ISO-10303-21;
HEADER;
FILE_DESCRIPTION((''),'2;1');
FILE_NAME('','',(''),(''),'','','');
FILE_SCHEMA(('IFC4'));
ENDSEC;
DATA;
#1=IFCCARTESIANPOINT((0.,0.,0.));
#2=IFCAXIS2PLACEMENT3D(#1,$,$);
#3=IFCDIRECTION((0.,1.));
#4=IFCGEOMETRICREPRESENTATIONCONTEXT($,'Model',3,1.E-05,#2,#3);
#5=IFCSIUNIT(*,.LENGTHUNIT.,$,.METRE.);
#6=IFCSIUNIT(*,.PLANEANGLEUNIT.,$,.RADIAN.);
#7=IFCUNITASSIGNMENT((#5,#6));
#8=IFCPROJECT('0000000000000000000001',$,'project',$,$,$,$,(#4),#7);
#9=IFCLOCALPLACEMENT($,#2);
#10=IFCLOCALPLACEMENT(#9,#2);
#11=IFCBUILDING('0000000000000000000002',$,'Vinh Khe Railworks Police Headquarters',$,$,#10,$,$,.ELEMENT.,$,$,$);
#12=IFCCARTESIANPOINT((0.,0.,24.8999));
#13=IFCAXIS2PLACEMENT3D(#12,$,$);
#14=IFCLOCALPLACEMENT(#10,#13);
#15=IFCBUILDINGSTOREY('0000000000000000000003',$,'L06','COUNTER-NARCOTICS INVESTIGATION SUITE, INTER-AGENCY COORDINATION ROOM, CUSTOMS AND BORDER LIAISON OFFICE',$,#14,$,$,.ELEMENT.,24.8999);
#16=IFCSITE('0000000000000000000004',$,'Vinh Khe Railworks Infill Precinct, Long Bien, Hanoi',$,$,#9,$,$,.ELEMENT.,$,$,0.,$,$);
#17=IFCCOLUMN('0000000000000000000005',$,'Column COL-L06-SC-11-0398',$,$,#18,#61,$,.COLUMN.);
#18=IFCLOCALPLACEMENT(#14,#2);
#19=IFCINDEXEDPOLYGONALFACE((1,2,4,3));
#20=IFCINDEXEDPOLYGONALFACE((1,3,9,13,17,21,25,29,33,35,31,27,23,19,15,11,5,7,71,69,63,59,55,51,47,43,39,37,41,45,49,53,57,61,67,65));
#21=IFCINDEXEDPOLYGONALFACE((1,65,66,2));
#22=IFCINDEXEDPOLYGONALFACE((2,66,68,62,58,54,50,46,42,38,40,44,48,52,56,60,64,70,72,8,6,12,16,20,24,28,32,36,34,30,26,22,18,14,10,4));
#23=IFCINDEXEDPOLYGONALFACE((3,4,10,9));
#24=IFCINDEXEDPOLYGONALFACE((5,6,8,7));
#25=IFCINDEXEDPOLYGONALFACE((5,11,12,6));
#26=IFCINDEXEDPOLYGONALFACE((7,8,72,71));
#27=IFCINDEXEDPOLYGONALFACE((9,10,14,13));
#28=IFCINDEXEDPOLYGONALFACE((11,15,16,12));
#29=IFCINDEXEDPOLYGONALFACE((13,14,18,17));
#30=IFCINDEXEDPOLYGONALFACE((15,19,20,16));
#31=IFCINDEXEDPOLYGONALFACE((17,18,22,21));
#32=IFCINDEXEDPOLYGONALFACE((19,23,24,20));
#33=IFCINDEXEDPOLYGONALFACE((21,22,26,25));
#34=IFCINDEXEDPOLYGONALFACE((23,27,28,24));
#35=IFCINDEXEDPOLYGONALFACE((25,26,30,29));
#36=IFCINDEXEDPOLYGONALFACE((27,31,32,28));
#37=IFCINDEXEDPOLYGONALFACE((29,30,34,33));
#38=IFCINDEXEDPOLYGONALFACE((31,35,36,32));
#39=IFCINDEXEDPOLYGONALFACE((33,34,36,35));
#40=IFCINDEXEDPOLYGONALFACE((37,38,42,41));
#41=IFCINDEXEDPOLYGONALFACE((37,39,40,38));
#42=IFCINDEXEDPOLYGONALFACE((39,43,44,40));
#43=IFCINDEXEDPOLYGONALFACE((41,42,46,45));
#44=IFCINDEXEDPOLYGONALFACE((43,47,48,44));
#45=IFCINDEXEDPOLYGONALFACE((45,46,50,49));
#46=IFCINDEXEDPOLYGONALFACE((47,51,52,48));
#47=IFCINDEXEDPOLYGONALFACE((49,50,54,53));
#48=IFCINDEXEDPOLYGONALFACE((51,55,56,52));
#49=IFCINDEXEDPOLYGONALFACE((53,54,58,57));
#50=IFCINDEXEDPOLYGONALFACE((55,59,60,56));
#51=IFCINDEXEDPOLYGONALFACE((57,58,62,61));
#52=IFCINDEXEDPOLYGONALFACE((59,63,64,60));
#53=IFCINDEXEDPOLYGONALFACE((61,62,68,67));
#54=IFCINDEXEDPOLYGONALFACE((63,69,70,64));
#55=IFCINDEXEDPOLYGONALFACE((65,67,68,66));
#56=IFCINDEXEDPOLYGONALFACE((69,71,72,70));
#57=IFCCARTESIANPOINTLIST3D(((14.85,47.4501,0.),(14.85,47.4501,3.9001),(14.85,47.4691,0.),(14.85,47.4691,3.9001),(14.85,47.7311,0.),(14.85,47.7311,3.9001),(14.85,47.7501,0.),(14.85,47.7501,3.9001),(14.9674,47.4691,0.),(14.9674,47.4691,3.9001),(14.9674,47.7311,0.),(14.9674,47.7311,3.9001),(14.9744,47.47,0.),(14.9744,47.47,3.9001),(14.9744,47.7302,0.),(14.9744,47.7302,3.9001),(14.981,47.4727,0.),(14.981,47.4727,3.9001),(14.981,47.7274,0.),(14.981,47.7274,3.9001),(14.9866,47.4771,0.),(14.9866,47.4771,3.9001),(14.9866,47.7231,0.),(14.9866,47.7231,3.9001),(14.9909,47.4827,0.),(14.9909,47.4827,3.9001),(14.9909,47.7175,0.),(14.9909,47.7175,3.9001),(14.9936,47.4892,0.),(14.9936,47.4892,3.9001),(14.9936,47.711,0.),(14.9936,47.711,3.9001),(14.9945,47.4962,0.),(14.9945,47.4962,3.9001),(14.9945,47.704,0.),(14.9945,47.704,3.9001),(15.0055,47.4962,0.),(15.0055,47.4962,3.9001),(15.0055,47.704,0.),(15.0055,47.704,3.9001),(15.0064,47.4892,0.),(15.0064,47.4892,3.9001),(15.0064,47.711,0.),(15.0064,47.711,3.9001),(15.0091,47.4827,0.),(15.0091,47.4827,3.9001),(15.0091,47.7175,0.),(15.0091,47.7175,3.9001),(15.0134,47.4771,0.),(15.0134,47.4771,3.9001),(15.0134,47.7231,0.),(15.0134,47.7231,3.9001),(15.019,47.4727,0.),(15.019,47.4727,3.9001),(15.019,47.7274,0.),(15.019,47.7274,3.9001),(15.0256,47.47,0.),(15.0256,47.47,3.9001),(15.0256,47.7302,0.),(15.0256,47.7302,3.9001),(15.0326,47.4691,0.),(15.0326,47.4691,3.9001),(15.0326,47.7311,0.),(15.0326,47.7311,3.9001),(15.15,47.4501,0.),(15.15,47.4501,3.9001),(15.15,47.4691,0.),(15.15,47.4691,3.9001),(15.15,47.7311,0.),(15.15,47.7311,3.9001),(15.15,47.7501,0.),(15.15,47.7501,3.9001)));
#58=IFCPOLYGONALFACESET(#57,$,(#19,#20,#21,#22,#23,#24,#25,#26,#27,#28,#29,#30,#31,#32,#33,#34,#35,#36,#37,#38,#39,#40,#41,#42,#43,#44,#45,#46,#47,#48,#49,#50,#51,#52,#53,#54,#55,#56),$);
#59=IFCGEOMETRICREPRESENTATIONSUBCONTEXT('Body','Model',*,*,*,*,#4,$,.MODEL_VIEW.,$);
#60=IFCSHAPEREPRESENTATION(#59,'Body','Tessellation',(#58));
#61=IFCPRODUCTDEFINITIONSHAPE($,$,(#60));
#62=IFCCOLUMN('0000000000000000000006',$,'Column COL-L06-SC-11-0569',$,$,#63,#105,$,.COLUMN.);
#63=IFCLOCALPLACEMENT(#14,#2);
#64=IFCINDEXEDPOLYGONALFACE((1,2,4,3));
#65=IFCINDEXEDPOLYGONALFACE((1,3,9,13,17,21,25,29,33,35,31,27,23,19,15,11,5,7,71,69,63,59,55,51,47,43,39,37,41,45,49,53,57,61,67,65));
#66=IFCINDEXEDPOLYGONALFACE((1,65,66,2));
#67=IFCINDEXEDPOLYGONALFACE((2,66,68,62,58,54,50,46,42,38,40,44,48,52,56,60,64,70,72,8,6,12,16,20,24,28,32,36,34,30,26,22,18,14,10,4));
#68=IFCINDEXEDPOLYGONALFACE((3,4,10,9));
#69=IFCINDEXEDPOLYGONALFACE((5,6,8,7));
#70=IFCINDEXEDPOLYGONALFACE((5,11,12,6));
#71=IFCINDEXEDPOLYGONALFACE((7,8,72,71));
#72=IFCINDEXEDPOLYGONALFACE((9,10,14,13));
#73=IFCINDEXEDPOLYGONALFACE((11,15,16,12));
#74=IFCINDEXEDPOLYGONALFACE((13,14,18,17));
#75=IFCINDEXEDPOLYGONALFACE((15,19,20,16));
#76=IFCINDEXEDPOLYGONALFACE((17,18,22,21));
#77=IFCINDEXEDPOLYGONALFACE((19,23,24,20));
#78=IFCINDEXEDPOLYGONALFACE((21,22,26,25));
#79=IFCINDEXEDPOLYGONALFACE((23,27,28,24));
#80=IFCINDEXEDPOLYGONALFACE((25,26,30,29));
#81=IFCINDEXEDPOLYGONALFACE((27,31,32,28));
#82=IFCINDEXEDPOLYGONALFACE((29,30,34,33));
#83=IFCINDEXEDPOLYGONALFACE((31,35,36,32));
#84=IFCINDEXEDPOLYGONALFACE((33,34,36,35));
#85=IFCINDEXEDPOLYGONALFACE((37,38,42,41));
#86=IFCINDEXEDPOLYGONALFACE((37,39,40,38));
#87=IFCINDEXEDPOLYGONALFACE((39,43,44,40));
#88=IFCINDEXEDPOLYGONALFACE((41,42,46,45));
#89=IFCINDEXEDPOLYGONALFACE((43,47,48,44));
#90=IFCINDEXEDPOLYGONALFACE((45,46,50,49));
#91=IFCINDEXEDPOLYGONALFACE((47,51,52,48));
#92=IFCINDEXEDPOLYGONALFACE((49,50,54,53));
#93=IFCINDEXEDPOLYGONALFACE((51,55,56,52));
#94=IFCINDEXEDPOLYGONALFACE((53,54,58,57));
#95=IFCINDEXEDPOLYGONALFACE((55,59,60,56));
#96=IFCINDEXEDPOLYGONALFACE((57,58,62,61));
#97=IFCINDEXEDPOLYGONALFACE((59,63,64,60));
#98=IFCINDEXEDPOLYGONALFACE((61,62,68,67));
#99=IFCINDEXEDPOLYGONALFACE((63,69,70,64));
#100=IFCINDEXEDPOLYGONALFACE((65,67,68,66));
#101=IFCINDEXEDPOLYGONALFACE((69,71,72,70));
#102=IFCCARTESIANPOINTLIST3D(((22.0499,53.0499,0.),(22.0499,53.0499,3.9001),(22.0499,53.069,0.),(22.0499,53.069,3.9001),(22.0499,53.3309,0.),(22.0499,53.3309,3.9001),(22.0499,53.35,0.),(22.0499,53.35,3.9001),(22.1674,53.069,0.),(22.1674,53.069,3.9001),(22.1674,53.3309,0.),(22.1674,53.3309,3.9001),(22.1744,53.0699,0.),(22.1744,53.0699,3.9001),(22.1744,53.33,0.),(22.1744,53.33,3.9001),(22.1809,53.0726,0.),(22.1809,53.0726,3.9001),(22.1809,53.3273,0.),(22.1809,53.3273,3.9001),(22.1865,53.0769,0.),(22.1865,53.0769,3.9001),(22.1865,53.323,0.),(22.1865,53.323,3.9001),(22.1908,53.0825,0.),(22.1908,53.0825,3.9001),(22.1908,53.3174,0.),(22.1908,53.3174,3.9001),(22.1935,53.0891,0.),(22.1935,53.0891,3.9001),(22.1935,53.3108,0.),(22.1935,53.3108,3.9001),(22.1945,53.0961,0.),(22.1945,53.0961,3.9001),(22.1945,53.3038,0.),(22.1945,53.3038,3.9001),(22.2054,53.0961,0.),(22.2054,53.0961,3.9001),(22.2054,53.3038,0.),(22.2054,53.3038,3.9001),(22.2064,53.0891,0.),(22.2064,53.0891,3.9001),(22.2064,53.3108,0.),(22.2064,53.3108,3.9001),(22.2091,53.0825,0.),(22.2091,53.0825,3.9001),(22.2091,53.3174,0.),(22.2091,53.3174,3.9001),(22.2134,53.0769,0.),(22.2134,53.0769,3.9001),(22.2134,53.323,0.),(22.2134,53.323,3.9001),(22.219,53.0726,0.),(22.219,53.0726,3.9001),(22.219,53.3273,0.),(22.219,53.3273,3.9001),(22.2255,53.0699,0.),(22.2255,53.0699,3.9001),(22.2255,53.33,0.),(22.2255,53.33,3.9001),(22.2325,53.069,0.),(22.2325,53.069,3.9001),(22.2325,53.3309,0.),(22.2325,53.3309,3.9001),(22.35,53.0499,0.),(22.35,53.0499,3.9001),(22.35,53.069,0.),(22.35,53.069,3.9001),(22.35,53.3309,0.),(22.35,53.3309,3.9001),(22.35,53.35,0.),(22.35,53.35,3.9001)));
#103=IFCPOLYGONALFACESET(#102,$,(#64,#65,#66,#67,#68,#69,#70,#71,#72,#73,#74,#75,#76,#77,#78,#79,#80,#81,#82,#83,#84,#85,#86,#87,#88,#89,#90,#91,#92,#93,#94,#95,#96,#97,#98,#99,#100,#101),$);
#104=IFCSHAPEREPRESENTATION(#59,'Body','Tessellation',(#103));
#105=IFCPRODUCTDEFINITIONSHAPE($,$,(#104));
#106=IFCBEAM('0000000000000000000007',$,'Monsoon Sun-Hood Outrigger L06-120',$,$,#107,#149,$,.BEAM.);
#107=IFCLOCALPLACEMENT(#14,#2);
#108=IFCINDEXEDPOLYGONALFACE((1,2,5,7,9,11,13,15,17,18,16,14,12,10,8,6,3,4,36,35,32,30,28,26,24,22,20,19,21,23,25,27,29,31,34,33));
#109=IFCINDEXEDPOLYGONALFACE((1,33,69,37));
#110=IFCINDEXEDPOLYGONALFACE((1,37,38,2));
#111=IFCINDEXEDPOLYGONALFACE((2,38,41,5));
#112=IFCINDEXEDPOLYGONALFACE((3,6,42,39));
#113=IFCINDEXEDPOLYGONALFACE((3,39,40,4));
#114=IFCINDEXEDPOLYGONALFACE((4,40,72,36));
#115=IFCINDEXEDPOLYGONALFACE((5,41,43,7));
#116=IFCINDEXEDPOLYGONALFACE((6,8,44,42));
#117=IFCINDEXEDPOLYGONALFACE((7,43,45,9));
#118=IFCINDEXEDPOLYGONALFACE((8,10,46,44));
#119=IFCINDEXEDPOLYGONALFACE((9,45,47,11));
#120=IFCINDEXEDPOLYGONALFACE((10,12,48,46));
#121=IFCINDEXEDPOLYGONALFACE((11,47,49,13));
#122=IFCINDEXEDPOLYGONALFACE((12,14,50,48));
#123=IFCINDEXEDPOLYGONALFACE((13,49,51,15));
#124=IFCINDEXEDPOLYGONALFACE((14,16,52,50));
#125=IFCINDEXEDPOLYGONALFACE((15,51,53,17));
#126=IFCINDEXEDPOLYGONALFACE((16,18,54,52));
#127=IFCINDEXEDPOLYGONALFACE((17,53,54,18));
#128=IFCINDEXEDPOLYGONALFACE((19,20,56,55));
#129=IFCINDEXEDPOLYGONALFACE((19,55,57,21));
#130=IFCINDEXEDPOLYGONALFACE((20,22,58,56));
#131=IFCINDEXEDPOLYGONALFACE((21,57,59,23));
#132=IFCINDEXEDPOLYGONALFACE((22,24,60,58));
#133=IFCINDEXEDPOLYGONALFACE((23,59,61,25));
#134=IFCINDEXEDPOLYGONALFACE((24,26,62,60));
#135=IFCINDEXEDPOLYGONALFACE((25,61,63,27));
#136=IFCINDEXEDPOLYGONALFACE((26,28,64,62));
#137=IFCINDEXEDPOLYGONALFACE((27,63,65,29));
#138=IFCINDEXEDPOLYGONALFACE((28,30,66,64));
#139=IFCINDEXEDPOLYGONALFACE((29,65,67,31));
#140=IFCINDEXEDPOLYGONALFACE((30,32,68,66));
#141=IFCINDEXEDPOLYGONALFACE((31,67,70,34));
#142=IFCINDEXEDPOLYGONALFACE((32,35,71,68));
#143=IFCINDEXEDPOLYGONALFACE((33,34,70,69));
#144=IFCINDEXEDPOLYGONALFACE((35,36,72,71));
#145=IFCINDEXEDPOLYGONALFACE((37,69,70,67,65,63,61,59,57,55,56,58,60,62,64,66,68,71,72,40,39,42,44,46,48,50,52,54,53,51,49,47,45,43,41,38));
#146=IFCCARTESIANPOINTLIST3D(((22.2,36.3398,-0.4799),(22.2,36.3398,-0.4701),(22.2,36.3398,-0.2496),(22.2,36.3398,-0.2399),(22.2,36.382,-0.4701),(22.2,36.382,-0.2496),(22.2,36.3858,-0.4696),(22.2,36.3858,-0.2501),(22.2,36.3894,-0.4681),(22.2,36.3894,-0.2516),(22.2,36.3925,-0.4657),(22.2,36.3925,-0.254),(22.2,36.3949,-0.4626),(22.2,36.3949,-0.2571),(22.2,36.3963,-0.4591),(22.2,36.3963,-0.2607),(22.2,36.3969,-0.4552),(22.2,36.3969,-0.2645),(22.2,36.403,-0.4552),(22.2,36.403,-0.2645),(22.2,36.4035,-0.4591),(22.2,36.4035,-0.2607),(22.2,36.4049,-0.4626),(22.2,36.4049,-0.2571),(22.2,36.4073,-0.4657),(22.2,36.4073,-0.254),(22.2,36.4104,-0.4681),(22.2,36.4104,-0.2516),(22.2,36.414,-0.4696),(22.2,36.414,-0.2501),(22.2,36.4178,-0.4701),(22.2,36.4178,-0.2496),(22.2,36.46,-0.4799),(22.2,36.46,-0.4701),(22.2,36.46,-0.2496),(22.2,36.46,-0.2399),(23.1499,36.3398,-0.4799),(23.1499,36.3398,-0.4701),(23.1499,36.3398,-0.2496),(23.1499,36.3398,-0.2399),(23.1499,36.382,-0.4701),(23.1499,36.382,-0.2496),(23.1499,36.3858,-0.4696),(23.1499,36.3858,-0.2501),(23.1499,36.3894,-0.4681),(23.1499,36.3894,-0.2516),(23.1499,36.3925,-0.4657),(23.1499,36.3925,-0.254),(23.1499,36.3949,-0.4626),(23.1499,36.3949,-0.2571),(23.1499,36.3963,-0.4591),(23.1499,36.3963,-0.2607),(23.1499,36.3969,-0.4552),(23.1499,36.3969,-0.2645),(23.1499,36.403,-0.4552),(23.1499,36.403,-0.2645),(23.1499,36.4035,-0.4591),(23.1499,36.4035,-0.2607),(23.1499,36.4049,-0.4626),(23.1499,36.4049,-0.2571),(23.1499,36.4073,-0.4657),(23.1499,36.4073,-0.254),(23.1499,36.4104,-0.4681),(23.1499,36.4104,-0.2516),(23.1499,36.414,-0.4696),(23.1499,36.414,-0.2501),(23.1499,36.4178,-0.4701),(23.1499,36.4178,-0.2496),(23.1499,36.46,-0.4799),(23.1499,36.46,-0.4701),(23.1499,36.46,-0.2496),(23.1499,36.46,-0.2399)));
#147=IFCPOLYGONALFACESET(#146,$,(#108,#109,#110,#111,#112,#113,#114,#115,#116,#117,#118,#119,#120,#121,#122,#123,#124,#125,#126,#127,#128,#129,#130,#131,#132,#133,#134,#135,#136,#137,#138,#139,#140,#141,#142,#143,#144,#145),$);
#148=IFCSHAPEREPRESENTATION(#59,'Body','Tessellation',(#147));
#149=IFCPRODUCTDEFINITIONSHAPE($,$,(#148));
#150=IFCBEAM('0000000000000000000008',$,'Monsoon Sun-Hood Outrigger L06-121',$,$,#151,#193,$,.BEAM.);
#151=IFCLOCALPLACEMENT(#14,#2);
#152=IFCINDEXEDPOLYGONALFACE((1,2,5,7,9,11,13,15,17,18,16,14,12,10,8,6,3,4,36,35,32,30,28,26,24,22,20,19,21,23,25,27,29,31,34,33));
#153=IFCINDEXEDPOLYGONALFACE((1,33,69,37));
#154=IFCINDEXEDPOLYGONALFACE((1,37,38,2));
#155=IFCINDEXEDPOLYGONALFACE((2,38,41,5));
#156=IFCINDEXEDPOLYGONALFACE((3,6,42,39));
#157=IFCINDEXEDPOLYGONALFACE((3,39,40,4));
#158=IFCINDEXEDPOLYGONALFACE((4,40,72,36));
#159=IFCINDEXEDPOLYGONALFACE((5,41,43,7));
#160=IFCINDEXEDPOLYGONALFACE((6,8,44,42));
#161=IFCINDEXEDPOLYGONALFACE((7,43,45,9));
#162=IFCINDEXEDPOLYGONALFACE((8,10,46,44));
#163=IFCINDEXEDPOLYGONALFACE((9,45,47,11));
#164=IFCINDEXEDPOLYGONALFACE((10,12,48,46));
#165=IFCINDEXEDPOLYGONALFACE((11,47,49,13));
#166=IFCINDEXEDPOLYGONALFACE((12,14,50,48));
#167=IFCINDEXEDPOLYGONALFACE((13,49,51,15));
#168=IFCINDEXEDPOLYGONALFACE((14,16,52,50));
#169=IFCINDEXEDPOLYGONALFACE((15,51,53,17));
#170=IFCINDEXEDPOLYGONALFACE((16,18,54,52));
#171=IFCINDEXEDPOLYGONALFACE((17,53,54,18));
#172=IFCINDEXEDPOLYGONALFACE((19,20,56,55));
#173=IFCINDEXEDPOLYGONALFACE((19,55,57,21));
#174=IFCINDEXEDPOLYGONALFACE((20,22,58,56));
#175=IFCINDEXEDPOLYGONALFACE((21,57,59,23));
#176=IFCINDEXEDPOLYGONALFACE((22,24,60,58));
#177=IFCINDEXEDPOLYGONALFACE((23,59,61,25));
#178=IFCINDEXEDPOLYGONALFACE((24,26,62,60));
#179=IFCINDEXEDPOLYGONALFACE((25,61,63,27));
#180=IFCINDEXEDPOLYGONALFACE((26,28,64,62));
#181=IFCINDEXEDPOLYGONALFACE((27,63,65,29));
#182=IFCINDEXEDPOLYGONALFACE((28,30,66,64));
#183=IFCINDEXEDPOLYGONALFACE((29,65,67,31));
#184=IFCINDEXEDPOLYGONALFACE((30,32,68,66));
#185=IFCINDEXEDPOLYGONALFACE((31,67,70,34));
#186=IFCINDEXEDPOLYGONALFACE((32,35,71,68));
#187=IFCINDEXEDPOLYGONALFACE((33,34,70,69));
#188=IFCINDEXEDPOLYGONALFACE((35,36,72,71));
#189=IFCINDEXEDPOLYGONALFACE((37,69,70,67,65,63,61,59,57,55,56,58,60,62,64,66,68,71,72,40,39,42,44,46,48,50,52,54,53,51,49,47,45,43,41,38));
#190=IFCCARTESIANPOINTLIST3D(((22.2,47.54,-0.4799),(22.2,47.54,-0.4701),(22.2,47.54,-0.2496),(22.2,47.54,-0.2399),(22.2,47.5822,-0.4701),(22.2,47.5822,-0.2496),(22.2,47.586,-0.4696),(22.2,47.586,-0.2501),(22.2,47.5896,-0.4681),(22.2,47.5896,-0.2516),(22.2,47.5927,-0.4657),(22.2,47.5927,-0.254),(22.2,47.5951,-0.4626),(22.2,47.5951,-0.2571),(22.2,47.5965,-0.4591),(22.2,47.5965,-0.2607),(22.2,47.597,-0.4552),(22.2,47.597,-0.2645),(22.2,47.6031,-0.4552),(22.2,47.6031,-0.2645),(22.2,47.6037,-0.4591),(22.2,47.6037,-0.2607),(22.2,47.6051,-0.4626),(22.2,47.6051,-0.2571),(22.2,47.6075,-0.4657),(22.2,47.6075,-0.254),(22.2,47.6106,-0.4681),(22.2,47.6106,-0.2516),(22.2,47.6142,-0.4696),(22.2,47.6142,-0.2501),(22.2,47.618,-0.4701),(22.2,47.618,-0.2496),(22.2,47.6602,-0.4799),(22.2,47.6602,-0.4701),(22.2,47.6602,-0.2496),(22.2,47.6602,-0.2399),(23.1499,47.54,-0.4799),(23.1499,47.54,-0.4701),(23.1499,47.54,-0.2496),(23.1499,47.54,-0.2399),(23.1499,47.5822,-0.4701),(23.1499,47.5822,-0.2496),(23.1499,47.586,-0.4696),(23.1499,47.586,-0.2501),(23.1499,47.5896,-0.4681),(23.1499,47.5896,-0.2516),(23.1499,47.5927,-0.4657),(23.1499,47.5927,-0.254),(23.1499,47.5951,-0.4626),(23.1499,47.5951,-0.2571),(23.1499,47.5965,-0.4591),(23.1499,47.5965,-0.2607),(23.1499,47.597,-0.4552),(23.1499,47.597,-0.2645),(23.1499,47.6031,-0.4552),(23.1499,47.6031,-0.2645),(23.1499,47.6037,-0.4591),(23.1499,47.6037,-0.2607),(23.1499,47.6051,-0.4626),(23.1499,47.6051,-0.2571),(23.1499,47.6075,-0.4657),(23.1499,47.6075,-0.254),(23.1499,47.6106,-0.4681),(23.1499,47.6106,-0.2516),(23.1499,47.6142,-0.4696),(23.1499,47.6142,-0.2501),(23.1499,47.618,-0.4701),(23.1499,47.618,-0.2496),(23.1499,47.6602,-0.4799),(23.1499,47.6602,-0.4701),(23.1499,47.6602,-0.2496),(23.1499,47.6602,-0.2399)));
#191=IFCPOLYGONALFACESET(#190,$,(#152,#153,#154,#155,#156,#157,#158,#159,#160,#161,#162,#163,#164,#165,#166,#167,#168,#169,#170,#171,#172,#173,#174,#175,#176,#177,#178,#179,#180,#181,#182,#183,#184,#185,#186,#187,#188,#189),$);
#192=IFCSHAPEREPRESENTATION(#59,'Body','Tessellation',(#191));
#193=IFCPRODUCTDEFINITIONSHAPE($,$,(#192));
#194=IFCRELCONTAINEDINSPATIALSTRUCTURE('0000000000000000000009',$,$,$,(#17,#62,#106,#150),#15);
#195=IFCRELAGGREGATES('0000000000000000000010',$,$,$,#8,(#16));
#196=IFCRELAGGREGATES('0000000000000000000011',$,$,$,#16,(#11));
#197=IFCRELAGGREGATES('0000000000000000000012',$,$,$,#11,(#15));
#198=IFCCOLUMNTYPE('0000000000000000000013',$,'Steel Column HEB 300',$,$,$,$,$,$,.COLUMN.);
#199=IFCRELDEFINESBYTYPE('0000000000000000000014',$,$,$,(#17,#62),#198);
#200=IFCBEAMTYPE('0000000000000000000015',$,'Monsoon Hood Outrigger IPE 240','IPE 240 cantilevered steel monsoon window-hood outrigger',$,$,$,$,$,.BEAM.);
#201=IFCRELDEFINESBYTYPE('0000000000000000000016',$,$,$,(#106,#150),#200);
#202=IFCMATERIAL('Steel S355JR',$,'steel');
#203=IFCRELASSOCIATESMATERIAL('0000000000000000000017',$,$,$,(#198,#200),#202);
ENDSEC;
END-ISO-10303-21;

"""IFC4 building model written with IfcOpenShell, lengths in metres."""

from ifc_helpers import new_model, si_unit, direction, frame, origin, origin_2d, place, context, subcontext, project, spatial, i_section, extrude, material, material_profile, profile_set, type_object, element, save


model = new_model("IFC4")

# Units and contexts
model_context = context("Model", 3, precision=1e-05, world=origin(), true_north=direction((0.0, 1.0)))
body_context = subcontext(model_context, "Body", "Model", "MODEL_VIEW")
ifc_project = project(units=[si_unit("LENGTHUNIT", "METRE"), si_unit("PLANEANGLEUNIT", "RADIAN")], contexts=[model_context])

# Site, building, storey
site_placement = place(None, origin())
site = spatial("IfcSite", under=ifc_project, at=site_placement, Name="Vinh Khe Railworks Infill Precinct, Long Bien, Hanoi", CompositionType="ELEMENT", RefElevation=0.0)
building_placement = place(site_placement, origin())
building = spatial("IfcBuilding", under=site, at=building_placement, Name="Vinh Khe Railworks Police Headquarters", CompositionType="ELEMENT")
storey_placement = place(building_placement, frame((0.0, 0.0, 24.8999)))
storey = spatial("IfcBuildingStorey", under=building, at=storey_placement, Name="L06", Description="COUNTER-NARCOTICS INVESTIGATION SUITE, INTER-AGENCY COORDINATION ROOM, CUSTOMS AND BORDER LIAISON OFFICE", CompositionType="ELEMENT", Elevation=24.8999)

# Columns
ifc_material_1 = material(Name="Steel S355JR", Category="steel")
ifc_material_profile_1 = material_profile(ifc_material_1, i_section(OverallWidth=0.3, OverallDepth=0.3, WebThickness=0.011, FlangeThickness=0.019, FilletRadius=0.0271, at=origin_2d()), Name="HEB 300")
ifc_profile_set_1 = profile_set([ifc_material_profile_1], Name="Steel S355JR")
column_type_1 = type_object("IfcColumnType", Name="Steel Column HEB 300", PredefinedType="COLUMN", material=ifc_profile_set_1)
for number, where, z_axis, x_axis, name in (
    (1, (15.0, 47.6001, 0.0), (0.0, 0.0, 1.0), (1.0, 0.0, 0.0), "Column COL-L06-SC-11-0398"),
    (2, (22.2, 53.2, 0.0), (0.0, 0.0, 1.0), (1.0, 0.0, 0.0), "Column COL-L06-SC-11-0569"),
):
    element("IfcColumn", number, at=place(storey_placement, frame(where, z_axis=z_axis, x_axis=x_axis)), inside=storey, type_object=column_type_1, Name=name, PredefinedType="COLUMN", context=body_context, shape_type="SweptSolid", body=[
        extrude(i_section(OverallWidth=0.3, OverallDepth=0.3, WebThickness=0.011, FlangeThickness=0.019, FilletRadius=0.0271, at=origin_2d()), origin(), (0.0, 0.0, 1.0), 3.9001),
    ])

# Beams
ifc_material_profile_2 = material_profile(ifc_material_1, i_section(OverallWidth=0.1201, OverallDepth=0.24, WebThickness=0.0061, FlangeThickness=0.0098, FilletRadius=0.0149, at=origin_2d()), Name="IPE 240")
ifc_profile_set_2 = profile_set([ifc_material_profile_2], Name="Steel S355JR")
beam_type_1 = type_object("IfcBeamType", Name="Monsoon Hood Outrigger IPE 240", Description="IPE 240 cantilevered steel monsoon window-hood outrigger", PredefinedType="BEAM", material=ifc_profile_set_2)
for number, where, z_axis, x_axis, name in (
    (3, (22.2, 36.3999, -0.3599), (1.0, 0.0, 0.0), (0.0, 1.0, 0.0), "Monsoon Sun-Hood Outrigger L06-120"),
    (4, (22.2, 47.6001, -0.3599), (1.0, 0.0, 0.0), (0.0, 1.0, 0.0), "Monsoon Sun-Hood Outrigger L06-121"),
):
    element("IfcBeam", number, at=place(storey_placement, frame(where, z_axis=z_axis, x_axis=x_axis)), inside=storey, type_object=beam_type_1, Name=name, PredefinedType="BEAM", context=body_context, shape_type="SweptSolid", body=[
        extrude(i_section(OverallWidth=0.1201, OverallDepth=0.24, WebThickness=0.0061, FlangeThickness=0.0098, FilletRadius=0.0149, at=origin_2d()), origin(), (0.0, 0.0, 1.0), 0.95),
    ])

save(model, "model.ifc")
